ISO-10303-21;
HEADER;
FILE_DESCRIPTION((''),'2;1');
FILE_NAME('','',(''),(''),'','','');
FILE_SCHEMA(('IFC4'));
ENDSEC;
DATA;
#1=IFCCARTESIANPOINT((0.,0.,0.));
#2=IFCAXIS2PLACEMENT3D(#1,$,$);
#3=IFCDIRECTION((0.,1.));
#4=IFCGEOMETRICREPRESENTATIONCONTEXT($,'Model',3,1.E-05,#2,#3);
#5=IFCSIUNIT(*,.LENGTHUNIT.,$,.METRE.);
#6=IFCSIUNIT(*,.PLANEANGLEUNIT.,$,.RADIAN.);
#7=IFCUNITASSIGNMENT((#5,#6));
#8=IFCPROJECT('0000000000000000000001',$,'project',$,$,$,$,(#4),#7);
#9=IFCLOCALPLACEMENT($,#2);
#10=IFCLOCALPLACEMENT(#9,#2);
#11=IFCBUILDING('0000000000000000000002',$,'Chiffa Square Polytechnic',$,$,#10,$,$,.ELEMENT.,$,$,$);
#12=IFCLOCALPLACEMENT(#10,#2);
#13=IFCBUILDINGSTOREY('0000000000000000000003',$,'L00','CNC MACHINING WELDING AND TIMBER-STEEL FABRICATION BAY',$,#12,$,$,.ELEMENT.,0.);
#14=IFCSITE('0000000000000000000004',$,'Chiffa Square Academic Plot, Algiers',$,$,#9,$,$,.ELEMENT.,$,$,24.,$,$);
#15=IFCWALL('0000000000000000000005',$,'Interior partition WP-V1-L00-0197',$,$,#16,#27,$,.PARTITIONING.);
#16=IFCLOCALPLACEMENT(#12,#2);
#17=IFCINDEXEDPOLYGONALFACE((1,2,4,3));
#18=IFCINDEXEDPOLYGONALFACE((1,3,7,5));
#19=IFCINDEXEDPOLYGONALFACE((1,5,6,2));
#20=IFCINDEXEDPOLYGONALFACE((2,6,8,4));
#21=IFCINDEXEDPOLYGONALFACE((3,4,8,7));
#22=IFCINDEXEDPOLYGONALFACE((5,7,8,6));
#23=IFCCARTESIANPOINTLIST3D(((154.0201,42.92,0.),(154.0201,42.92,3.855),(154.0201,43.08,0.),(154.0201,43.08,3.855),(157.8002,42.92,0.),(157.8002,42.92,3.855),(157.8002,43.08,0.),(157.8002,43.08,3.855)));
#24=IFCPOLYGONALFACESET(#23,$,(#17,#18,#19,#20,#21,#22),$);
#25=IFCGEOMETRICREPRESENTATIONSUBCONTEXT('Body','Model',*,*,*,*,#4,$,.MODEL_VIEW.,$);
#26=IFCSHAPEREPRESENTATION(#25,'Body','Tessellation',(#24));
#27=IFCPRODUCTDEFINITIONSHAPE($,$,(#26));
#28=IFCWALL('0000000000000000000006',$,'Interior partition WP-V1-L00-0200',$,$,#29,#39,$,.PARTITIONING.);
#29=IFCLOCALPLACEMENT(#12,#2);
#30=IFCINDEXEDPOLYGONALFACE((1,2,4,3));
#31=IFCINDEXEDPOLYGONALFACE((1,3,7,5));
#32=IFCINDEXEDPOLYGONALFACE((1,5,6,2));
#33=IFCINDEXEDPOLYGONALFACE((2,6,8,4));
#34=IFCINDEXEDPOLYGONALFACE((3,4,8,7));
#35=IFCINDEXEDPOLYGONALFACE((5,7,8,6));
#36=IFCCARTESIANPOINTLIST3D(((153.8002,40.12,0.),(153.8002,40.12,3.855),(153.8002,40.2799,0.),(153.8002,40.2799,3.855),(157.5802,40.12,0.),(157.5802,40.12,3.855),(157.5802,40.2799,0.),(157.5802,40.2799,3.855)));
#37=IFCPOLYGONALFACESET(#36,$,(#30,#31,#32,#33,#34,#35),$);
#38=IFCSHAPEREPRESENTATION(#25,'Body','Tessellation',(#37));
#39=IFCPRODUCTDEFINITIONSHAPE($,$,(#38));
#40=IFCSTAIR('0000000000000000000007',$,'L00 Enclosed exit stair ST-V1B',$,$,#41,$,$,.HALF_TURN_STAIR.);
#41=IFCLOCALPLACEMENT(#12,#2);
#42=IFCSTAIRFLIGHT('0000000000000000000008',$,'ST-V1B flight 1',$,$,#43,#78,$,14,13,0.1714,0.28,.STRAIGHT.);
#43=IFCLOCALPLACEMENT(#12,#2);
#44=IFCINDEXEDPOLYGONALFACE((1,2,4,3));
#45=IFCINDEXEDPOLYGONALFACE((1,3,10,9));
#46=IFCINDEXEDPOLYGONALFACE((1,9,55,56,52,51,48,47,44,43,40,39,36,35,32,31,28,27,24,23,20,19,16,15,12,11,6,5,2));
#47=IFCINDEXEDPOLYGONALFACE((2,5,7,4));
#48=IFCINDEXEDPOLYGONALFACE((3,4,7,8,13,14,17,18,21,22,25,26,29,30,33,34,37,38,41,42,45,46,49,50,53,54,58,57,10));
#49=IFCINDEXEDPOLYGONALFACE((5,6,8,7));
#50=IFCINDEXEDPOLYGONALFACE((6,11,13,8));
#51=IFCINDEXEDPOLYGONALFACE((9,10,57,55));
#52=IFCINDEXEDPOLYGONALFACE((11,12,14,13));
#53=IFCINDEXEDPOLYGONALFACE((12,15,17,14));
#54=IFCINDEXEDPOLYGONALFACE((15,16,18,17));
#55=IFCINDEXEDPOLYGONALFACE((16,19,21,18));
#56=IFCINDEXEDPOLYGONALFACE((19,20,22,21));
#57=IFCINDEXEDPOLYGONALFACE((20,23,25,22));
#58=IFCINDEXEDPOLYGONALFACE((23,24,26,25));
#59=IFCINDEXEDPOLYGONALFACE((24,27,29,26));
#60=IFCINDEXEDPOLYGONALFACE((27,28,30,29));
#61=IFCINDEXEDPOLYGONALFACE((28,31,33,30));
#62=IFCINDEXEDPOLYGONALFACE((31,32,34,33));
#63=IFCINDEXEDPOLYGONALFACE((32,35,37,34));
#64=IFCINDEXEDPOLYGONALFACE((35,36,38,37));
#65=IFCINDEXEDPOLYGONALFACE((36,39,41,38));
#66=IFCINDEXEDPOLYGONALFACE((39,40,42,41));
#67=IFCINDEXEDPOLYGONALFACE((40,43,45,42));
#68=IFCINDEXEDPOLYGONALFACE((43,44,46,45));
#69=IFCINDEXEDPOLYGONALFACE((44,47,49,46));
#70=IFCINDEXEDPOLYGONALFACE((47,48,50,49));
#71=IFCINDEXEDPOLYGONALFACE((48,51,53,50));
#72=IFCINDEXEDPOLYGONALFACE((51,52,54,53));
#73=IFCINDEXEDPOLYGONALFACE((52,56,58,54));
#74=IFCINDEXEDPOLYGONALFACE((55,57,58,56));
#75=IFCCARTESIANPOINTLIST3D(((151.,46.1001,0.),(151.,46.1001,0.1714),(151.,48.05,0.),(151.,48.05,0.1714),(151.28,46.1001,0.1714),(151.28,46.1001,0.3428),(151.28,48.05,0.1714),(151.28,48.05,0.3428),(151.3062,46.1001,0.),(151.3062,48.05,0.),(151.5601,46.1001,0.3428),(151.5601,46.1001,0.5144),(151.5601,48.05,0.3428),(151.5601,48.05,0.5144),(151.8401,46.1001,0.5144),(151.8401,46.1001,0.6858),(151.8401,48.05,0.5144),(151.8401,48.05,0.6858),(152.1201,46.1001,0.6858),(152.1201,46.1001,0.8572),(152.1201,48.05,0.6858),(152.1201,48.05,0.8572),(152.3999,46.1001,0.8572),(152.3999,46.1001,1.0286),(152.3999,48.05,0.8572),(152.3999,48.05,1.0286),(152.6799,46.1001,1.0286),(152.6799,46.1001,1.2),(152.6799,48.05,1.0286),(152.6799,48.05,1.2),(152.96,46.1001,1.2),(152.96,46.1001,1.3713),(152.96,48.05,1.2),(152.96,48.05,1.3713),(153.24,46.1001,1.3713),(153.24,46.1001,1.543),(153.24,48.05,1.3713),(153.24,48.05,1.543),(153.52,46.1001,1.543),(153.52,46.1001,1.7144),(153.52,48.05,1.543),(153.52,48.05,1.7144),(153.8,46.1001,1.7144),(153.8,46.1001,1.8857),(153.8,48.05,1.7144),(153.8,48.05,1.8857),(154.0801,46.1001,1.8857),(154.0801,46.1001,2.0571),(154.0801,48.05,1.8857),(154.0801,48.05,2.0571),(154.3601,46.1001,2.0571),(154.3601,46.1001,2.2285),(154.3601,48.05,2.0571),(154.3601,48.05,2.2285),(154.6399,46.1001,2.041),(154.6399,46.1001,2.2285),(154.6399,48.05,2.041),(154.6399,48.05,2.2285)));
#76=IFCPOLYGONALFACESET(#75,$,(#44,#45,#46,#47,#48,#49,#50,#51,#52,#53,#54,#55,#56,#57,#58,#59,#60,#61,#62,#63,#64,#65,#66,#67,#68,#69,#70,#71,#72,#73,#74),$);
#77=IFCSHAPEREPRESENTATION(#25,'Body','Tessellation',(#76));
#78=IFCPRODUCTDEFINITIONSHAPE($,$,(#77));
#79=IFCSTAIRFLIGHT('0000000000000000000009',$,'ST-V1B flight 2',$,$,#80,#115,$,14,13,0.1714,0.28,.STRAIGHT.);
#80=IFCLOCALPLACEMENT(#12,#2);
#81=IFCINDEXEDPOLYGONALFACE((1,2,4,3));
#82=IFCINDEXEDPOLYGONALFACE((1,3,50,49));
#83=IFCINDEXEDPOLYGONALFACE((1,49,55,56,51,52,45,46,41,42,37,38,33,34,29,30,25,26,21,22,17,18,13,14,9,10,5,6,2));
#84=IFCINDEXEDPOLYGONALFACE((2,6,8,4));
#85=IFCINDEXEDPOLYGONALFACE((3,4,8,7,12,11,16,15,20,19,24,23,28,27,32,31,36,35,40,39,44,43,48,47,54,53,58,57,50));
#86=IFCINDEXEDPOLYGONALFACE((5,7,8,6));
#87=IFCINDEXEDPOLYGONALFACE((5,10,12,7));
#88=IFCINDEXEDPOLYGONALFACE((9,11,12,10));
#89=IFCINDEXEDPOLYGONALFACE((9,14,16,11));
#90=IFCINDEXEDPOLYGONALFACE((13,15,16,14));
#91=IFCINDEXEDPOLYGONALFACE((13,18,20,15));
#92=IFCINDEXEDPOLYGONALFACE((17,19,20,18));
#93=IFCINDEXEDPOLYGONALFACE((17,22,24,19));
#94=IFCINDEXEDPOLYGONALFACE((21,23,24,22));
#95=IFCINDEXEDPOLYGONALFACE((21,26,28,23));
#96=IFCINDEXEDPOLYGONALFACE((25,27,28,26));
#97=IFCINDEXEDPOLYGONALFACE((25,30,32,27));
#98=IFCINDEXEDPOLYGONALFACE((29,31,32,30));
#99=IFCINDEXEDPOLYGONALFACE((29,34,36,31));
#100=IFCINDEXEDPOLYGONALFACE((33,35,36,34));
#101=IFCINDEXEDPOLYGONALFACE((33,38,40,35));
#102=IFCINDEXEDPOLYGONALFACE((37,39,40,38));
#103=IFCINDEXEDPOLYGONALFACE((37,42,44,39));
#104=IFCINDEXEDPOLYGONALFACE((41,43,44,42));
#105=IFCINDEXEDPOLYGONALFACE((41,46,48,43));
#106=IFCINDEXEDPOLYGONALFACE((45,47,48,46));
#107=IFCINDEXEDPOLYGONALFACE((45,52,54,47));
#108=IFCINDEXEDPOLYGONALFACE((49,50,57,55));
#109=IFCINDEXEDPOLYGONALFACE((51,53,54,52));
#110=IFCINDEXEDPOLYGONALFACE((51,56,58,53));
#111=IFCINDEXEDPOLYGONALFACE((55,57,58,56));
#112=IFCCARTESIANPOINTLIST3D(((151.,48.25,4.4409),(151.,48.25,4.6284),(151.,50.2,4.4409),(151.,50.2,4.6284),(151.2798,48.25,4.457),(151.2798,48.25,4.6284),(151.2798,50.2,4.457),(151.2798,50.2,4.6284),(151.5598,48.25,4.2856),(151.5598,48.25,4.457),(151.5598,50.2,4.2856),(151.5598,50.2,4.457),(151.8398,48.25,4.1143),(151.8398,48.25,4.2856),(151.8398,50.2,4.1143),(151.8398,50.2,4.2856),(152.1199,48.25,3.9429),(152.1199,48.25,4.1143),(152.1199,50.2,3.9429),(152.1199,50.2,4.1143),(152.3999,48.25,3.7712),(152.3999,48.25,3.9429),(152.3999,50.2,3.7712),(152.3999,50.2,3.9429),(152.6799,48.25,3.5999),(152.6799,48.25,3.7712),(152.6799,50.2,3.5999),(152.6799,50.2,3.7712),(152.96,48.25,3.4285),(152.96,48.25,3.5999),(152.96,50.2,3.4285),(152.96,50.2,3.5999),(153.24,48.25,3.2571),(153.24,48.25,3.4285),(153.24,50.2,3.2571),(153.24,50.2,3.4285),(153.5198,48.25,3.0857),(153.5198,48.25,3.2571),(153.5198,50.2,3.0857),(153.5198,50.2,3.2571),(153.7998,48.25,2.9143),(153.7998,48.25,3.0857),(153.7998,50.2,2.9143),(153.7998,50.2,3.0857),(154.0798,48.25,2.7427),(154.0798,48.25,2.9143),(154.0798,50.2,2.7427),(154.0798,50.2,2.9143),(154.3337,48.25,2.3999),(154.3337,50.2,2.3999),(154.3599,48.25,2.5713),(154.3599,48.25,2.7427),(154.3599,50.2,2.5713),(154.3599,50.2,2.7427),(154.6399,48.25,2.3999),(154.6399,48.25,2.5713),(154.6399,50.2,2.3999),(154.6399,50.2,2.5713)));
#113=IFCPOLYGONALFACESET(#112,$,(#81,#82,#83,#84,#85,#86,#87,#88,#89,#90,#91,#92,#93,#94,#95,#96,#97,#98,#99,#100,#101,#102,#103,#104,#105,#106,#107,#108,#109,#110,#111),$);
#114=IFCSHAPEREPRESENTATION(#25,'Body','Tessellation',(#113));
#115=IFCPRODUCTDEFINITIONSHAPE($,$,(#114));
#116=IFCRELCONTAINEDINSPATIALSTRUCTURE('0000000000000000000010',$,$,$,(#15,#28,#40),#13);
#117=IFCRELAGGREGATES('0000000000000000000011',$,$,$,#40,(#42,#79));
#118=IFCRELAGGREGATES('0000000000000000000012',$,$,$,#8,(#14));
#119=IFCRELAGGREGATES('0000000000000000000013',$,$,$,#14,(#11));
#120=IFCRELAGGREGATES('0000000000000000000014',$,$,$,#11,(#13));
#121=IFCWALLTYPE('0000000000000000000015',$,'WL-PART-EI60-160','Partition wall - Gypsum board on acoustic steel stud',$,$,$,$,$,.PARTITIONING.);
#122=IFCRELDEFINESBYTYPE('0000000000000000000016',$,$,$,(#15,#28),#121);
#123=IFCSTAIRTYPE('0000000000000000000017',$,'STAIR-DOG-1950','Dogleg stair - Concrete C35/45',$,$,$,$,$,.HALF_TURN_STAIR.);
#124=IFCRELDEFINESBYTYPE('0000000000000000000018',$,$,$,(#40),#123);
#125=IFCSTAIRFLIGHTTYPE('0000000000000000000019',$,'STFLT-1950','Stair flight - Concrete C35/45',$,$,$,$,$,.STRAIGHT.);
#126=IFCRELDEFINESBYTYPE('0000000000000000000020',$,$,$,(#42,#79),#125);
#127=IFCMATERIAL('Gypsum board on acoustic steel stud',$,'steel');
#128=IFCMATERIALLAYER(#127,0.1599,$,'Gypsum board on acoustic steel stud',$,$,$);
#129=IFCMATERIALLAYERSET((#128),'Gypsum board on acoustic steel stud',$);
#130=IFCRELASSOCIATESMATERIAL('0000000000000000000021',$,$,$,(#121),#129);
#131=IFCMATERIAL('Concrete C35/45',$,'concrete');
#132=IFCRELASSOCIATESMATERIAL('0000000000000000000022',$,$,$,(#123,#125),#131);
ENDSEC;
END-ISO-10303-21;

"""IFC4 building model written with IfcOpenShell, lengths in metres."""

from ifc_helpers import new_model, si_unit, direction, frame, frame_2d, origin, place, context, subcontext, project, spatial, polyline, rectangle, outline, extrude, material, layer, layer_set, type_object, element, aggregate, save


model = new_model("IFC4")

# Units and contexts
model_context = context("Model", 3, precision=1e-05, world=origin(), true_north=direction((0.0, 1.0)))
body_context = subcontext(model_context, "Body", "Model", "MODEL_VIEW")
ifc_project = project(units=[si_unit("LENGTHUNIT", "METRE"), si_unit("PLANEANGLEUNIT", "RADIAN")], contexts=[model_context])

# Site, building, storey
site_placement = place(None, origin())
site = spatial("IfcSite", under=ifc_project, at=site_placement, Name="Chiffa Square Academic Plot, Algiers", CompositionType="ELEMENT", RefElevation=24.0)
building_placement = place(site_placement, origin())
building = spatial("IfcBuilding", under=site, at=building_placement, Name="Chiffa Square Polytechnic", CompositionType="ELEMENT")
storey_placement = place(building_placement, origin())
storey = spatial("IfcBuildingStorey", under=building, at=storey_placement, Name="L00", Description="CNC MACHINING WELDING AND TIMBER-STEEL FABRICATION BAY", CompositionType="ELEMENT", Elevation=0.0)

# Shared definitions
ifc_material_1 = material(Name="Concrete C35/45", Category="concrete")

# Walls
ifc_material_2 = material(Name="Gypsum board on acoustic steel stud", Category="steel")
ifc_layer_1 = layer(ifc_material_2, 0.1599, Name="Gypsum board on acoustic steel stud")
ifc_layer_set_1 = layer_set([ifc_layer_1], Name="Gypsum board on acoustic steel stud")
wall_type_1 = type_object("IfcWallType", Name="WL-PART-EI60-160", Description="Partition wall - Gypsum board on acoustic steel stud", PredefinedType="PARTITIONING", material=ifc_layer_set_1)
for number, where, z_axis, x_axis, name in (
    (1, (154.02, 43.0, 0.0), (0.0, 0.0, 1.0), (1.0, 0.0, 0.0), "Interior partition WP-V1-L00-0197"),
    (2, (153.8, 40.2, 0.0), (0.0, 0.0, 1.0), (1.0, 0.0, 0.0), "Interior partition WP-V1-L00-0200"),
):
    element("IfcWall", number, at=place(storey_placement, frame(where, z_axis=z_axis, x_axis=x_axis)), inside=storey, type_object=wall_type_1, Name=name, PredefinedType="PARTITIONING", context=body_context, shape_type="SweptSolid", body=[
        extrude(rectangle(XDim=3.78, YDim=0.1599, at=frame_2d((1.8901, 0.0))), origin(), (0.0, 0.0, 1.0), 3.855),
    ])

# Stair, stair flights
stair_type = type_object("IfcStairType", Name="STAIR-DOG-1950", Description="Dogleg stair - Concrete C35/45", PredefinedType="HALF_TURN_STAIR", material=ifc_material_1)
stair_placement = place(storey_placement, origin())
stair = element("IfcStair", 3, at=stair_placement, inside=storey, type_object=stair_type, Name="L00 Enclosed exit stair ST-V1B", PredefinedType="HALF_TURN_STAIR")
stair_flight_type = type_object("IfcStairFlightType", Name="STFLT-1950", Description="Stair flight - Concrete C35/45", PredefinedType="STRAIGHT", material=ifc_material_1)
stair_flight_1_placement = place(storey_placement, frame((151.0, 47.075, 0.0), z_axis=(0.0, 0.0, 1.0), x_axis=(1.0, 0.0, 0.0)))
stair_flight_1 = element("IfcStairFlight", 4, at=stair_flight_1_placement, type_object=stair_flight_type, Name="ST-V1B flight 1", NumberOfRisers=14, NumberOfTreads=13, PredefinedType="STRAIGHT", RiserHeight=0.1714, TreadLength=0.28, context=body_context, shape_type="SweptSolid", body=[
    extrude(outline(polyline([(0.0, 0.0), (0.0, 0.1714), (0.28, 0.1714), (0.28, 0.3428), (0.5601, 0.3428), (0.5601, 0.5144), (0.8401, 0.5144), (0.8401, 0.6858), (1.1201, 0.6858), (1.1201, 0.8572), (1.3999, 0.8572), (1.3999, 1.0286), (1.6799, 1.0286), (1.6799, 1.2), (1.96, 1.2), (1.96, 1.3713), (2.24, 1.3713), (2.24, 1.543), (2.52, 1.543), (2.52, 1.7144), (2.8, 1.7144), (2.8, 1.8857), (3.0801, 1.8857), (3.0801, 2.0571), (3.3601, 2.0571), (3.3601, 2.2285), (3.6399, 2.2285), (3.6399, 2.3999), (3.6399, 2.041), (0.3062, 0.0), (0.0, 0.0)])), frame((0.0, 0.9751, 0.0), z_axis=(0.0, -1.0, 0.0), x_axis=(1.0, 0.0, 0.0)), (0.0, 0.0, 1.0), 1.95),
])
stair_flight_2_placement = place(storey_placement, frame((154.6399, 49.2251, 2.3999), z_axis=(0.0, 0.0, 1.0), x_axis=(-1.0, 0.0, 0.0)))
stair_flight_2 = element("IfcStairFlight", 5, at=stair_flight_2_placement, type_object=stair_flight_type, Name="ST-V1B flight 2", NumberOfRisers=14, NumberOfTreads=13, PredefinedType="STRAIGHT", RiserHeight=0.1714, TreadLength=0.28, context=body_context, shape_type="SweptSolid", body=[
    extrude(outline(polyline([(0.0, 0.0), (0.0, 0.1714), (0.28, 0.1714), (0.28, 0.3428), (0.5601, 0.3428), (0.5601, 0.5144), (0.8401, 0.5144), (0.8401, 0.6858), (1.1201, 0.6858), (1.1201, 0.8572), (1.3999, 0.8572), (1.3999, 1.0286), (1.6799, 1.0286), (1.6799, 1.2), (1.96, 1.2), (1.96, 1.3713), (2.24, 1.3713), (2.24, 1.543), (2.52, 1.543), (2.52, 1.7144), (2.8, 1.7144), (2.8, 1.8857), (3.0801, 1.8857), (3.0801, 2.0571), (3.3601, 2.0571), (3.3601, 2.2285), (3.6399, 2.2285), (3.6399, 2.3999), (3.6399, 2.041), (0.3062, 0.0), (0.0, 0.0)])), frame((0.0, 0.9751, 0.0), z_axis=(0.0, -1.0, 0.0), x_axis=(1.0, 0.0, 0.0)), (0.0, 0.0, 1.0), 1.95),
])
aggregate(stair, [stair_flight_1, stair_flight_2])

save(model, "model.ifc")
